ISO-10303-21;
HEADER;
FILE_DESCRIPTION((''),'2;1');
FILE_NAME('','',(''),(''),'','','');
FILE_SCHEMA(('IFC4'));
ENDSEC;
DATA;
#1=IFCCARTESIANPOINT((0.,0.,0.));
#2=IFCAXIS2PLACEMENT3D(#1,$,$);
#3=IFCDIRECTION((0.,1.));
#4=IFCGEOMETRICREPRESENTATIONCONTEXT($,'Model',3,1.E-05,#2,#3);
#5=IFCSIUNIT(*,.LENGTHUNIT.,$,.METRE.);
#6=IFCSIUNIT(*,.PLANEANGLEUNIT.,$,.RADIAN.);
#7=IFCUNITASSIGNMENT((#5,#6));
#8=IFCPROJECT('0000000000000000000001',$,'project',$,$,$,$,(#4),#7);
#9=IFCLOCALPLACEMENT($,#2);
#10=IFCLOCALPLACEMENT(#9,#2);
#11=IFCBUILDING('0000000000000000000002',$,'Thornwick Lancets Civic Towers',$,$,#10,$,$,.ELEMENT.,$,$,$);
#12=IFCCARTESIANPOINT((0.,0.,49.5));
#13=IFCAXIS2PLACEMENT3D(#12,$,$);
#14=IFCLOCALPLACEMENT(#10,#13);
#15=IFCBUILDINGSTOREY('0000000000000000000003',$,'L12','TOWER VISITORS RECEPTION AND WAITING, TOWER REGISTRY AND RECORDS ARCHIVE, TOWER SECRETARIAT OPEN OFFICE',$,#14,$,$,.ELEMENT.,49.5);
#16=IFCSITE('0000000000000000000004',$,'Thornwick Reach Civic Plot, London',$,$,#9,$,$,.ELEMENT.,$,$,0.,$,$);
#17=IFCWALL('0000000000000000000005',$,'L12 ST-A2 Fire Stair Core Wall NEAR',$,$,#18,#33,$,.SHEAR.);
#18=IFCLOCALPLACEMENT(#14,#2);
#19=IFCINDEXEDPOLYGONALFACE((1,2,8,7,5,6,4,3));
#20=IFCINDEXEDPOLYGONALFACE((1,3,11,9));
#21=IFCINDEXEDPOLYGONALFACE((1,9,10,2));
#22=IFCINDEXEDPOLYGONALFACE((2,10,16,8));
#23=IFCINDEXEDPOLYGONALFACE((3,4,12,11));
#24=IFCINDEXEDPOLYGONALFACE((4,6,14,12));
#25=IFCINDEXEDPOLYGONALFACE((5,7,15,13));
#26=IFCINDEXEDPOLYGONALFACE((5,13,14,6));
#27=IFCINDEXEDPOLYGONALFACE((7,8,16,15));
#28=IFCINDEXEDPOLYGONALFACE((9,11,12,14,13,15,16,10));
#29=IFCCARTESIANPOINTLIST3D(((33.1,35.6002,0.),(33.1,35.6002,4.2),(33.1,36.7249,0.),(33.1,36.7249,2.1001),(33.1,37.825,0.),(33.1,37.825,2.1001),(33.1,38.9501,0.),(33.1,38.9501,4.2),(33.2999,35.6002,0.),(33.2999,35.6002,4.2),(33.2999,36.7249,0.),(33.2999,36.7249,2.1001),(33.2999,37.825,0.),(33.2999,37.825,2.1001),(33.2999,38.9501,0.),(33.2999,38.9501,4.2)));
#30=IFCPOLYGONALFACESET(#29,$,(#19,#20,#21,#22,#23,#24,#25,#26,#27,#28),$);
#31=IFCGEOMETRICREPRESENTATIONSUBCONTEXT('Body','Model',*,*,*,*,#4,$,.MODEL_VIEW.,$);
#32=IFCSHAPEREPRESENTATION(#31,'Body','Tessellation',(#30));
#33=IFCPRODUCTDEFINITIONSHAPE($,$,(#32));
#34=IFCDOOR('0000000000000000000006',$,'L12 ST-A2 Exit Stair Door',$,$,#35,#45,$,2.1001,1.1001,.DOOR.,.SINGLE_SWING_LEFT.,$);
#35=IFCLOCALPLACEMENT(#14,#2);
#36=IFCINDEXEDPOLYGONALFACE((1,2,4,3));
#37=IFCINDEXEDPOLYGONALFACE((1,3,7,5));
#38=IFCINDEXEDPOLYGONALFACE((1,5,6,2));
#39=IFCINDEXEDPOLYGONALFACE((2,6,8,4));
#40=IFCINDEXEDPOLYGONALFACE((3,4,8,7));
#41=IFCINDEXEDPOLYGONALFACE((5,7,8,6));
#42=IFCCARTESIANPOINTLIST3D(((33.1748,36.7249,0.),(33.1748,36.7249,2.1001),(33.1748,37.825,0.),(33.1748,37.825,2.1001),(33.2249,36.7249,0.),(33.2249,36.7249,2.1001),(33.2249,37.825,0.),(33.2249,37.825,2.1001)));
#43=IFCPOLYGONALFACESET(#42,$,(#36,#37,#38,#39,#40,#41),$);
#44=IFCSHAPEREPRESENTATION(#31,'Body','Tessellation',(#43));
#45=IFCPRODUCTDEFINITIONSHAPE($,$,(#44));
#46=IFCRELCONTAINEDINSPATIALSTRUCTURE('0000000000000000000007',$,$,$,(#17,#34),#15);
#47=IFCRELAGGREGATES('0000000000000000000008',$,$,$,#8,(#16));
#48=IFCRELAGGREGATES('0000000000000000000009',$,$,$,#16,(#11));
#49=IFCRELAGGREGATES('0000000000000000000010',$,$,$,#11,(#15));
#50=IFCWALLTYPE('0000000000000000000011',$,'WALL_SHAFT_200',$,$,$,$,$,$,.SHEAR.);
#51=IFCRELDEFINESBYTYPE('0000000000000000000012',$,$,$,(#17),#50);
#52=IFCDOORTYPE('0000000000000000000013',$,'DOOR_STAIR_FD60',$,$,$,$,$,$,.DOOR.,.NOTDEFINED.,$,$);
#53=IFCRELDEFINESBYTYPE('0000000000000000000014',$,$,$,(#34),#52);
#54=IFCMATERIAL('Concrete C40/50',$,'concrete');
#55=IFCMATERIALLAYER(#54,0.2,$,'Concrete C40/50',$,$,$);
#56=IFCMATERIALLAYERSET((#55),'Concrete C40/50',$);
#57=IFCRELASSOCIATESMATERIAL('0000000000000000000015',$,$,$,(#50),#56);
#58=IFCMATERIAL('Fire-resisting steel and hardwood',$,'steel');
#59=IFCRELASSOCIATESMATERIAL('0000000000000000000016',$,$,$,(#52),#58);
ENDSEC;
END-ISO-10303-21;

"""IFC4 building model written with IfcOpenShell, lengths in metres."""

from ifc_helpers import new_model, si_unit, direction, frame, frame_2d, origin, place, context, subcontext, project, spatial, rectangle, extrude, material, layer, layer_set, type_object, element, fill, save


model = new_model("IFC4")

# Units and contexts
model_context = context("Model", 3, precision=1e-05, world=origin(), true_north=direction((0.0, 1.0)))
body_context = subcontext(model_context, "Body", "Model", "MODEL_VIEW")
ifc_project = project(units=[si_unit("LENGTHUNIT", "METRE"), si_unit("PLANEANGLEUNIT", "RADIAN")], contexts=[model_context])

# Site, building, storey
site_placement = place(None, origin())
site = spatial("IfcSite", under=ifc_project, at=site_placement, Name="Thornwick Reach Civic Plot, London", CompositionType="ELEMENT", RefElevation=0.0)
building_placement = place(site_placement, origin())
building = spatial("IfcBuilding", under=site, at=building_placement, Name="Thornwick Lancets Civic Towers", CompositionType="ELEMENT")
storey_placement = place(building_placement, frame((0.0, 0.0, 49.5)))
storey = spatial("IfcBuildingStorey", under=building, at=storey_placement, Name="L12", Description="TOWER VISITORS RECEPTION AND WAITING, TOWER REGISTRY AND RECORDS ARCHIVE, TOWER SECRETARIAT OPEN OFFICE", CompositionType="ELEMENT", Elevation=49.5)

# Wall, opening, door
ifc_material_1 = material(Name="Concrete C40/50", Category="concrete")
ifc_layer_1 = layer(ifc_material_1, 0.2, Name="Concrete C40/50")
ifc_layer_set_1 = layer_set([ifc_layer_1], Name="Concrete C40/50")
wall_type_1 = type_object("IfcWallType", Name="WALL_SHAFT_200", PredefinedType="SHEAR", material=ifc_layer_set_1)
wall_1_placement = place(storey_placement, frame((33.2, 38.95, 0.0), z_axis=(0.0, 0.0, 1.0), x_axis=(0.0, -1.0, 0.0)))
wall_1 = element("IfcWall", 1, at=wall_1_placement, inside=storey, type_object=wall_type_1, Name="L12 ST-A2 Fire Stair Core Wall NEAR", PredefinedType="SHEAR", context=body_context, shape_type="SweptSolid", body=[
    extrude(rectangle(XDim=3.3499, YDim=0.2, at=frame_2d((1.6748, 0.0))), origin(), (0.0, 0.0, 1.0), 4.2),
])
opening_1_placement = place(wall_1_placement, frame((1.125, 0.0, 0.0)))
opening_1 = element("IfcOpeningElement", 2, at=opening_1_placement, cuts=wall_1, PredefinedType="OPENING", context=body_context, shape_type="SweptSolid", body=[
    extrude(rectangle(XDim=1.1001, YDim=2.1001, at=frame_2d((0.55, 1.05))), frame((0.0, 0.1099, 0.0), z_axis=(0.0, -1.0, 0.0), x_axis=(1.0, 0.0, 0.0)), (0.0, 0.0, 1.0), 0.22),
])
ifc_material_2 = material(Name="Fire-resisting steel and hardwood", Category="steel")
door_type = type_object("IfcDoorType", Name="DOOR_STAIR_FD60", OperationType="NOTDEFINED", PredefinedType="DOOR", material=ifc_material_2)
door_placement = place(opening_1_placement, origin())
door = element("IfcDoor", 3, at=door_placement, inside=storey, type_object=door_type, Name="L12 ST-A2 Exit Stair Door", OperationType="SINGLE_SWING_LEFT", OverallHeight=2.1001, OverallWidth=1.1001, PredefinedType="DOOR", context=body_context, shape_type="SweptSolid", body=[
    extrude(rectangle(XDim=1.1001, YDim=2.1001, at=frame_2d((0.55, 1.05))), frame((0.0, 0.0249, 0.0), z_axis=(0.0, -1.0, 0.0), x_axis=(1.0, 0.0, 0.0)), (0.0, 0.0, 1.0), 0.05),
])
fill(opening_1, door)

save(model, "model.ifc")
